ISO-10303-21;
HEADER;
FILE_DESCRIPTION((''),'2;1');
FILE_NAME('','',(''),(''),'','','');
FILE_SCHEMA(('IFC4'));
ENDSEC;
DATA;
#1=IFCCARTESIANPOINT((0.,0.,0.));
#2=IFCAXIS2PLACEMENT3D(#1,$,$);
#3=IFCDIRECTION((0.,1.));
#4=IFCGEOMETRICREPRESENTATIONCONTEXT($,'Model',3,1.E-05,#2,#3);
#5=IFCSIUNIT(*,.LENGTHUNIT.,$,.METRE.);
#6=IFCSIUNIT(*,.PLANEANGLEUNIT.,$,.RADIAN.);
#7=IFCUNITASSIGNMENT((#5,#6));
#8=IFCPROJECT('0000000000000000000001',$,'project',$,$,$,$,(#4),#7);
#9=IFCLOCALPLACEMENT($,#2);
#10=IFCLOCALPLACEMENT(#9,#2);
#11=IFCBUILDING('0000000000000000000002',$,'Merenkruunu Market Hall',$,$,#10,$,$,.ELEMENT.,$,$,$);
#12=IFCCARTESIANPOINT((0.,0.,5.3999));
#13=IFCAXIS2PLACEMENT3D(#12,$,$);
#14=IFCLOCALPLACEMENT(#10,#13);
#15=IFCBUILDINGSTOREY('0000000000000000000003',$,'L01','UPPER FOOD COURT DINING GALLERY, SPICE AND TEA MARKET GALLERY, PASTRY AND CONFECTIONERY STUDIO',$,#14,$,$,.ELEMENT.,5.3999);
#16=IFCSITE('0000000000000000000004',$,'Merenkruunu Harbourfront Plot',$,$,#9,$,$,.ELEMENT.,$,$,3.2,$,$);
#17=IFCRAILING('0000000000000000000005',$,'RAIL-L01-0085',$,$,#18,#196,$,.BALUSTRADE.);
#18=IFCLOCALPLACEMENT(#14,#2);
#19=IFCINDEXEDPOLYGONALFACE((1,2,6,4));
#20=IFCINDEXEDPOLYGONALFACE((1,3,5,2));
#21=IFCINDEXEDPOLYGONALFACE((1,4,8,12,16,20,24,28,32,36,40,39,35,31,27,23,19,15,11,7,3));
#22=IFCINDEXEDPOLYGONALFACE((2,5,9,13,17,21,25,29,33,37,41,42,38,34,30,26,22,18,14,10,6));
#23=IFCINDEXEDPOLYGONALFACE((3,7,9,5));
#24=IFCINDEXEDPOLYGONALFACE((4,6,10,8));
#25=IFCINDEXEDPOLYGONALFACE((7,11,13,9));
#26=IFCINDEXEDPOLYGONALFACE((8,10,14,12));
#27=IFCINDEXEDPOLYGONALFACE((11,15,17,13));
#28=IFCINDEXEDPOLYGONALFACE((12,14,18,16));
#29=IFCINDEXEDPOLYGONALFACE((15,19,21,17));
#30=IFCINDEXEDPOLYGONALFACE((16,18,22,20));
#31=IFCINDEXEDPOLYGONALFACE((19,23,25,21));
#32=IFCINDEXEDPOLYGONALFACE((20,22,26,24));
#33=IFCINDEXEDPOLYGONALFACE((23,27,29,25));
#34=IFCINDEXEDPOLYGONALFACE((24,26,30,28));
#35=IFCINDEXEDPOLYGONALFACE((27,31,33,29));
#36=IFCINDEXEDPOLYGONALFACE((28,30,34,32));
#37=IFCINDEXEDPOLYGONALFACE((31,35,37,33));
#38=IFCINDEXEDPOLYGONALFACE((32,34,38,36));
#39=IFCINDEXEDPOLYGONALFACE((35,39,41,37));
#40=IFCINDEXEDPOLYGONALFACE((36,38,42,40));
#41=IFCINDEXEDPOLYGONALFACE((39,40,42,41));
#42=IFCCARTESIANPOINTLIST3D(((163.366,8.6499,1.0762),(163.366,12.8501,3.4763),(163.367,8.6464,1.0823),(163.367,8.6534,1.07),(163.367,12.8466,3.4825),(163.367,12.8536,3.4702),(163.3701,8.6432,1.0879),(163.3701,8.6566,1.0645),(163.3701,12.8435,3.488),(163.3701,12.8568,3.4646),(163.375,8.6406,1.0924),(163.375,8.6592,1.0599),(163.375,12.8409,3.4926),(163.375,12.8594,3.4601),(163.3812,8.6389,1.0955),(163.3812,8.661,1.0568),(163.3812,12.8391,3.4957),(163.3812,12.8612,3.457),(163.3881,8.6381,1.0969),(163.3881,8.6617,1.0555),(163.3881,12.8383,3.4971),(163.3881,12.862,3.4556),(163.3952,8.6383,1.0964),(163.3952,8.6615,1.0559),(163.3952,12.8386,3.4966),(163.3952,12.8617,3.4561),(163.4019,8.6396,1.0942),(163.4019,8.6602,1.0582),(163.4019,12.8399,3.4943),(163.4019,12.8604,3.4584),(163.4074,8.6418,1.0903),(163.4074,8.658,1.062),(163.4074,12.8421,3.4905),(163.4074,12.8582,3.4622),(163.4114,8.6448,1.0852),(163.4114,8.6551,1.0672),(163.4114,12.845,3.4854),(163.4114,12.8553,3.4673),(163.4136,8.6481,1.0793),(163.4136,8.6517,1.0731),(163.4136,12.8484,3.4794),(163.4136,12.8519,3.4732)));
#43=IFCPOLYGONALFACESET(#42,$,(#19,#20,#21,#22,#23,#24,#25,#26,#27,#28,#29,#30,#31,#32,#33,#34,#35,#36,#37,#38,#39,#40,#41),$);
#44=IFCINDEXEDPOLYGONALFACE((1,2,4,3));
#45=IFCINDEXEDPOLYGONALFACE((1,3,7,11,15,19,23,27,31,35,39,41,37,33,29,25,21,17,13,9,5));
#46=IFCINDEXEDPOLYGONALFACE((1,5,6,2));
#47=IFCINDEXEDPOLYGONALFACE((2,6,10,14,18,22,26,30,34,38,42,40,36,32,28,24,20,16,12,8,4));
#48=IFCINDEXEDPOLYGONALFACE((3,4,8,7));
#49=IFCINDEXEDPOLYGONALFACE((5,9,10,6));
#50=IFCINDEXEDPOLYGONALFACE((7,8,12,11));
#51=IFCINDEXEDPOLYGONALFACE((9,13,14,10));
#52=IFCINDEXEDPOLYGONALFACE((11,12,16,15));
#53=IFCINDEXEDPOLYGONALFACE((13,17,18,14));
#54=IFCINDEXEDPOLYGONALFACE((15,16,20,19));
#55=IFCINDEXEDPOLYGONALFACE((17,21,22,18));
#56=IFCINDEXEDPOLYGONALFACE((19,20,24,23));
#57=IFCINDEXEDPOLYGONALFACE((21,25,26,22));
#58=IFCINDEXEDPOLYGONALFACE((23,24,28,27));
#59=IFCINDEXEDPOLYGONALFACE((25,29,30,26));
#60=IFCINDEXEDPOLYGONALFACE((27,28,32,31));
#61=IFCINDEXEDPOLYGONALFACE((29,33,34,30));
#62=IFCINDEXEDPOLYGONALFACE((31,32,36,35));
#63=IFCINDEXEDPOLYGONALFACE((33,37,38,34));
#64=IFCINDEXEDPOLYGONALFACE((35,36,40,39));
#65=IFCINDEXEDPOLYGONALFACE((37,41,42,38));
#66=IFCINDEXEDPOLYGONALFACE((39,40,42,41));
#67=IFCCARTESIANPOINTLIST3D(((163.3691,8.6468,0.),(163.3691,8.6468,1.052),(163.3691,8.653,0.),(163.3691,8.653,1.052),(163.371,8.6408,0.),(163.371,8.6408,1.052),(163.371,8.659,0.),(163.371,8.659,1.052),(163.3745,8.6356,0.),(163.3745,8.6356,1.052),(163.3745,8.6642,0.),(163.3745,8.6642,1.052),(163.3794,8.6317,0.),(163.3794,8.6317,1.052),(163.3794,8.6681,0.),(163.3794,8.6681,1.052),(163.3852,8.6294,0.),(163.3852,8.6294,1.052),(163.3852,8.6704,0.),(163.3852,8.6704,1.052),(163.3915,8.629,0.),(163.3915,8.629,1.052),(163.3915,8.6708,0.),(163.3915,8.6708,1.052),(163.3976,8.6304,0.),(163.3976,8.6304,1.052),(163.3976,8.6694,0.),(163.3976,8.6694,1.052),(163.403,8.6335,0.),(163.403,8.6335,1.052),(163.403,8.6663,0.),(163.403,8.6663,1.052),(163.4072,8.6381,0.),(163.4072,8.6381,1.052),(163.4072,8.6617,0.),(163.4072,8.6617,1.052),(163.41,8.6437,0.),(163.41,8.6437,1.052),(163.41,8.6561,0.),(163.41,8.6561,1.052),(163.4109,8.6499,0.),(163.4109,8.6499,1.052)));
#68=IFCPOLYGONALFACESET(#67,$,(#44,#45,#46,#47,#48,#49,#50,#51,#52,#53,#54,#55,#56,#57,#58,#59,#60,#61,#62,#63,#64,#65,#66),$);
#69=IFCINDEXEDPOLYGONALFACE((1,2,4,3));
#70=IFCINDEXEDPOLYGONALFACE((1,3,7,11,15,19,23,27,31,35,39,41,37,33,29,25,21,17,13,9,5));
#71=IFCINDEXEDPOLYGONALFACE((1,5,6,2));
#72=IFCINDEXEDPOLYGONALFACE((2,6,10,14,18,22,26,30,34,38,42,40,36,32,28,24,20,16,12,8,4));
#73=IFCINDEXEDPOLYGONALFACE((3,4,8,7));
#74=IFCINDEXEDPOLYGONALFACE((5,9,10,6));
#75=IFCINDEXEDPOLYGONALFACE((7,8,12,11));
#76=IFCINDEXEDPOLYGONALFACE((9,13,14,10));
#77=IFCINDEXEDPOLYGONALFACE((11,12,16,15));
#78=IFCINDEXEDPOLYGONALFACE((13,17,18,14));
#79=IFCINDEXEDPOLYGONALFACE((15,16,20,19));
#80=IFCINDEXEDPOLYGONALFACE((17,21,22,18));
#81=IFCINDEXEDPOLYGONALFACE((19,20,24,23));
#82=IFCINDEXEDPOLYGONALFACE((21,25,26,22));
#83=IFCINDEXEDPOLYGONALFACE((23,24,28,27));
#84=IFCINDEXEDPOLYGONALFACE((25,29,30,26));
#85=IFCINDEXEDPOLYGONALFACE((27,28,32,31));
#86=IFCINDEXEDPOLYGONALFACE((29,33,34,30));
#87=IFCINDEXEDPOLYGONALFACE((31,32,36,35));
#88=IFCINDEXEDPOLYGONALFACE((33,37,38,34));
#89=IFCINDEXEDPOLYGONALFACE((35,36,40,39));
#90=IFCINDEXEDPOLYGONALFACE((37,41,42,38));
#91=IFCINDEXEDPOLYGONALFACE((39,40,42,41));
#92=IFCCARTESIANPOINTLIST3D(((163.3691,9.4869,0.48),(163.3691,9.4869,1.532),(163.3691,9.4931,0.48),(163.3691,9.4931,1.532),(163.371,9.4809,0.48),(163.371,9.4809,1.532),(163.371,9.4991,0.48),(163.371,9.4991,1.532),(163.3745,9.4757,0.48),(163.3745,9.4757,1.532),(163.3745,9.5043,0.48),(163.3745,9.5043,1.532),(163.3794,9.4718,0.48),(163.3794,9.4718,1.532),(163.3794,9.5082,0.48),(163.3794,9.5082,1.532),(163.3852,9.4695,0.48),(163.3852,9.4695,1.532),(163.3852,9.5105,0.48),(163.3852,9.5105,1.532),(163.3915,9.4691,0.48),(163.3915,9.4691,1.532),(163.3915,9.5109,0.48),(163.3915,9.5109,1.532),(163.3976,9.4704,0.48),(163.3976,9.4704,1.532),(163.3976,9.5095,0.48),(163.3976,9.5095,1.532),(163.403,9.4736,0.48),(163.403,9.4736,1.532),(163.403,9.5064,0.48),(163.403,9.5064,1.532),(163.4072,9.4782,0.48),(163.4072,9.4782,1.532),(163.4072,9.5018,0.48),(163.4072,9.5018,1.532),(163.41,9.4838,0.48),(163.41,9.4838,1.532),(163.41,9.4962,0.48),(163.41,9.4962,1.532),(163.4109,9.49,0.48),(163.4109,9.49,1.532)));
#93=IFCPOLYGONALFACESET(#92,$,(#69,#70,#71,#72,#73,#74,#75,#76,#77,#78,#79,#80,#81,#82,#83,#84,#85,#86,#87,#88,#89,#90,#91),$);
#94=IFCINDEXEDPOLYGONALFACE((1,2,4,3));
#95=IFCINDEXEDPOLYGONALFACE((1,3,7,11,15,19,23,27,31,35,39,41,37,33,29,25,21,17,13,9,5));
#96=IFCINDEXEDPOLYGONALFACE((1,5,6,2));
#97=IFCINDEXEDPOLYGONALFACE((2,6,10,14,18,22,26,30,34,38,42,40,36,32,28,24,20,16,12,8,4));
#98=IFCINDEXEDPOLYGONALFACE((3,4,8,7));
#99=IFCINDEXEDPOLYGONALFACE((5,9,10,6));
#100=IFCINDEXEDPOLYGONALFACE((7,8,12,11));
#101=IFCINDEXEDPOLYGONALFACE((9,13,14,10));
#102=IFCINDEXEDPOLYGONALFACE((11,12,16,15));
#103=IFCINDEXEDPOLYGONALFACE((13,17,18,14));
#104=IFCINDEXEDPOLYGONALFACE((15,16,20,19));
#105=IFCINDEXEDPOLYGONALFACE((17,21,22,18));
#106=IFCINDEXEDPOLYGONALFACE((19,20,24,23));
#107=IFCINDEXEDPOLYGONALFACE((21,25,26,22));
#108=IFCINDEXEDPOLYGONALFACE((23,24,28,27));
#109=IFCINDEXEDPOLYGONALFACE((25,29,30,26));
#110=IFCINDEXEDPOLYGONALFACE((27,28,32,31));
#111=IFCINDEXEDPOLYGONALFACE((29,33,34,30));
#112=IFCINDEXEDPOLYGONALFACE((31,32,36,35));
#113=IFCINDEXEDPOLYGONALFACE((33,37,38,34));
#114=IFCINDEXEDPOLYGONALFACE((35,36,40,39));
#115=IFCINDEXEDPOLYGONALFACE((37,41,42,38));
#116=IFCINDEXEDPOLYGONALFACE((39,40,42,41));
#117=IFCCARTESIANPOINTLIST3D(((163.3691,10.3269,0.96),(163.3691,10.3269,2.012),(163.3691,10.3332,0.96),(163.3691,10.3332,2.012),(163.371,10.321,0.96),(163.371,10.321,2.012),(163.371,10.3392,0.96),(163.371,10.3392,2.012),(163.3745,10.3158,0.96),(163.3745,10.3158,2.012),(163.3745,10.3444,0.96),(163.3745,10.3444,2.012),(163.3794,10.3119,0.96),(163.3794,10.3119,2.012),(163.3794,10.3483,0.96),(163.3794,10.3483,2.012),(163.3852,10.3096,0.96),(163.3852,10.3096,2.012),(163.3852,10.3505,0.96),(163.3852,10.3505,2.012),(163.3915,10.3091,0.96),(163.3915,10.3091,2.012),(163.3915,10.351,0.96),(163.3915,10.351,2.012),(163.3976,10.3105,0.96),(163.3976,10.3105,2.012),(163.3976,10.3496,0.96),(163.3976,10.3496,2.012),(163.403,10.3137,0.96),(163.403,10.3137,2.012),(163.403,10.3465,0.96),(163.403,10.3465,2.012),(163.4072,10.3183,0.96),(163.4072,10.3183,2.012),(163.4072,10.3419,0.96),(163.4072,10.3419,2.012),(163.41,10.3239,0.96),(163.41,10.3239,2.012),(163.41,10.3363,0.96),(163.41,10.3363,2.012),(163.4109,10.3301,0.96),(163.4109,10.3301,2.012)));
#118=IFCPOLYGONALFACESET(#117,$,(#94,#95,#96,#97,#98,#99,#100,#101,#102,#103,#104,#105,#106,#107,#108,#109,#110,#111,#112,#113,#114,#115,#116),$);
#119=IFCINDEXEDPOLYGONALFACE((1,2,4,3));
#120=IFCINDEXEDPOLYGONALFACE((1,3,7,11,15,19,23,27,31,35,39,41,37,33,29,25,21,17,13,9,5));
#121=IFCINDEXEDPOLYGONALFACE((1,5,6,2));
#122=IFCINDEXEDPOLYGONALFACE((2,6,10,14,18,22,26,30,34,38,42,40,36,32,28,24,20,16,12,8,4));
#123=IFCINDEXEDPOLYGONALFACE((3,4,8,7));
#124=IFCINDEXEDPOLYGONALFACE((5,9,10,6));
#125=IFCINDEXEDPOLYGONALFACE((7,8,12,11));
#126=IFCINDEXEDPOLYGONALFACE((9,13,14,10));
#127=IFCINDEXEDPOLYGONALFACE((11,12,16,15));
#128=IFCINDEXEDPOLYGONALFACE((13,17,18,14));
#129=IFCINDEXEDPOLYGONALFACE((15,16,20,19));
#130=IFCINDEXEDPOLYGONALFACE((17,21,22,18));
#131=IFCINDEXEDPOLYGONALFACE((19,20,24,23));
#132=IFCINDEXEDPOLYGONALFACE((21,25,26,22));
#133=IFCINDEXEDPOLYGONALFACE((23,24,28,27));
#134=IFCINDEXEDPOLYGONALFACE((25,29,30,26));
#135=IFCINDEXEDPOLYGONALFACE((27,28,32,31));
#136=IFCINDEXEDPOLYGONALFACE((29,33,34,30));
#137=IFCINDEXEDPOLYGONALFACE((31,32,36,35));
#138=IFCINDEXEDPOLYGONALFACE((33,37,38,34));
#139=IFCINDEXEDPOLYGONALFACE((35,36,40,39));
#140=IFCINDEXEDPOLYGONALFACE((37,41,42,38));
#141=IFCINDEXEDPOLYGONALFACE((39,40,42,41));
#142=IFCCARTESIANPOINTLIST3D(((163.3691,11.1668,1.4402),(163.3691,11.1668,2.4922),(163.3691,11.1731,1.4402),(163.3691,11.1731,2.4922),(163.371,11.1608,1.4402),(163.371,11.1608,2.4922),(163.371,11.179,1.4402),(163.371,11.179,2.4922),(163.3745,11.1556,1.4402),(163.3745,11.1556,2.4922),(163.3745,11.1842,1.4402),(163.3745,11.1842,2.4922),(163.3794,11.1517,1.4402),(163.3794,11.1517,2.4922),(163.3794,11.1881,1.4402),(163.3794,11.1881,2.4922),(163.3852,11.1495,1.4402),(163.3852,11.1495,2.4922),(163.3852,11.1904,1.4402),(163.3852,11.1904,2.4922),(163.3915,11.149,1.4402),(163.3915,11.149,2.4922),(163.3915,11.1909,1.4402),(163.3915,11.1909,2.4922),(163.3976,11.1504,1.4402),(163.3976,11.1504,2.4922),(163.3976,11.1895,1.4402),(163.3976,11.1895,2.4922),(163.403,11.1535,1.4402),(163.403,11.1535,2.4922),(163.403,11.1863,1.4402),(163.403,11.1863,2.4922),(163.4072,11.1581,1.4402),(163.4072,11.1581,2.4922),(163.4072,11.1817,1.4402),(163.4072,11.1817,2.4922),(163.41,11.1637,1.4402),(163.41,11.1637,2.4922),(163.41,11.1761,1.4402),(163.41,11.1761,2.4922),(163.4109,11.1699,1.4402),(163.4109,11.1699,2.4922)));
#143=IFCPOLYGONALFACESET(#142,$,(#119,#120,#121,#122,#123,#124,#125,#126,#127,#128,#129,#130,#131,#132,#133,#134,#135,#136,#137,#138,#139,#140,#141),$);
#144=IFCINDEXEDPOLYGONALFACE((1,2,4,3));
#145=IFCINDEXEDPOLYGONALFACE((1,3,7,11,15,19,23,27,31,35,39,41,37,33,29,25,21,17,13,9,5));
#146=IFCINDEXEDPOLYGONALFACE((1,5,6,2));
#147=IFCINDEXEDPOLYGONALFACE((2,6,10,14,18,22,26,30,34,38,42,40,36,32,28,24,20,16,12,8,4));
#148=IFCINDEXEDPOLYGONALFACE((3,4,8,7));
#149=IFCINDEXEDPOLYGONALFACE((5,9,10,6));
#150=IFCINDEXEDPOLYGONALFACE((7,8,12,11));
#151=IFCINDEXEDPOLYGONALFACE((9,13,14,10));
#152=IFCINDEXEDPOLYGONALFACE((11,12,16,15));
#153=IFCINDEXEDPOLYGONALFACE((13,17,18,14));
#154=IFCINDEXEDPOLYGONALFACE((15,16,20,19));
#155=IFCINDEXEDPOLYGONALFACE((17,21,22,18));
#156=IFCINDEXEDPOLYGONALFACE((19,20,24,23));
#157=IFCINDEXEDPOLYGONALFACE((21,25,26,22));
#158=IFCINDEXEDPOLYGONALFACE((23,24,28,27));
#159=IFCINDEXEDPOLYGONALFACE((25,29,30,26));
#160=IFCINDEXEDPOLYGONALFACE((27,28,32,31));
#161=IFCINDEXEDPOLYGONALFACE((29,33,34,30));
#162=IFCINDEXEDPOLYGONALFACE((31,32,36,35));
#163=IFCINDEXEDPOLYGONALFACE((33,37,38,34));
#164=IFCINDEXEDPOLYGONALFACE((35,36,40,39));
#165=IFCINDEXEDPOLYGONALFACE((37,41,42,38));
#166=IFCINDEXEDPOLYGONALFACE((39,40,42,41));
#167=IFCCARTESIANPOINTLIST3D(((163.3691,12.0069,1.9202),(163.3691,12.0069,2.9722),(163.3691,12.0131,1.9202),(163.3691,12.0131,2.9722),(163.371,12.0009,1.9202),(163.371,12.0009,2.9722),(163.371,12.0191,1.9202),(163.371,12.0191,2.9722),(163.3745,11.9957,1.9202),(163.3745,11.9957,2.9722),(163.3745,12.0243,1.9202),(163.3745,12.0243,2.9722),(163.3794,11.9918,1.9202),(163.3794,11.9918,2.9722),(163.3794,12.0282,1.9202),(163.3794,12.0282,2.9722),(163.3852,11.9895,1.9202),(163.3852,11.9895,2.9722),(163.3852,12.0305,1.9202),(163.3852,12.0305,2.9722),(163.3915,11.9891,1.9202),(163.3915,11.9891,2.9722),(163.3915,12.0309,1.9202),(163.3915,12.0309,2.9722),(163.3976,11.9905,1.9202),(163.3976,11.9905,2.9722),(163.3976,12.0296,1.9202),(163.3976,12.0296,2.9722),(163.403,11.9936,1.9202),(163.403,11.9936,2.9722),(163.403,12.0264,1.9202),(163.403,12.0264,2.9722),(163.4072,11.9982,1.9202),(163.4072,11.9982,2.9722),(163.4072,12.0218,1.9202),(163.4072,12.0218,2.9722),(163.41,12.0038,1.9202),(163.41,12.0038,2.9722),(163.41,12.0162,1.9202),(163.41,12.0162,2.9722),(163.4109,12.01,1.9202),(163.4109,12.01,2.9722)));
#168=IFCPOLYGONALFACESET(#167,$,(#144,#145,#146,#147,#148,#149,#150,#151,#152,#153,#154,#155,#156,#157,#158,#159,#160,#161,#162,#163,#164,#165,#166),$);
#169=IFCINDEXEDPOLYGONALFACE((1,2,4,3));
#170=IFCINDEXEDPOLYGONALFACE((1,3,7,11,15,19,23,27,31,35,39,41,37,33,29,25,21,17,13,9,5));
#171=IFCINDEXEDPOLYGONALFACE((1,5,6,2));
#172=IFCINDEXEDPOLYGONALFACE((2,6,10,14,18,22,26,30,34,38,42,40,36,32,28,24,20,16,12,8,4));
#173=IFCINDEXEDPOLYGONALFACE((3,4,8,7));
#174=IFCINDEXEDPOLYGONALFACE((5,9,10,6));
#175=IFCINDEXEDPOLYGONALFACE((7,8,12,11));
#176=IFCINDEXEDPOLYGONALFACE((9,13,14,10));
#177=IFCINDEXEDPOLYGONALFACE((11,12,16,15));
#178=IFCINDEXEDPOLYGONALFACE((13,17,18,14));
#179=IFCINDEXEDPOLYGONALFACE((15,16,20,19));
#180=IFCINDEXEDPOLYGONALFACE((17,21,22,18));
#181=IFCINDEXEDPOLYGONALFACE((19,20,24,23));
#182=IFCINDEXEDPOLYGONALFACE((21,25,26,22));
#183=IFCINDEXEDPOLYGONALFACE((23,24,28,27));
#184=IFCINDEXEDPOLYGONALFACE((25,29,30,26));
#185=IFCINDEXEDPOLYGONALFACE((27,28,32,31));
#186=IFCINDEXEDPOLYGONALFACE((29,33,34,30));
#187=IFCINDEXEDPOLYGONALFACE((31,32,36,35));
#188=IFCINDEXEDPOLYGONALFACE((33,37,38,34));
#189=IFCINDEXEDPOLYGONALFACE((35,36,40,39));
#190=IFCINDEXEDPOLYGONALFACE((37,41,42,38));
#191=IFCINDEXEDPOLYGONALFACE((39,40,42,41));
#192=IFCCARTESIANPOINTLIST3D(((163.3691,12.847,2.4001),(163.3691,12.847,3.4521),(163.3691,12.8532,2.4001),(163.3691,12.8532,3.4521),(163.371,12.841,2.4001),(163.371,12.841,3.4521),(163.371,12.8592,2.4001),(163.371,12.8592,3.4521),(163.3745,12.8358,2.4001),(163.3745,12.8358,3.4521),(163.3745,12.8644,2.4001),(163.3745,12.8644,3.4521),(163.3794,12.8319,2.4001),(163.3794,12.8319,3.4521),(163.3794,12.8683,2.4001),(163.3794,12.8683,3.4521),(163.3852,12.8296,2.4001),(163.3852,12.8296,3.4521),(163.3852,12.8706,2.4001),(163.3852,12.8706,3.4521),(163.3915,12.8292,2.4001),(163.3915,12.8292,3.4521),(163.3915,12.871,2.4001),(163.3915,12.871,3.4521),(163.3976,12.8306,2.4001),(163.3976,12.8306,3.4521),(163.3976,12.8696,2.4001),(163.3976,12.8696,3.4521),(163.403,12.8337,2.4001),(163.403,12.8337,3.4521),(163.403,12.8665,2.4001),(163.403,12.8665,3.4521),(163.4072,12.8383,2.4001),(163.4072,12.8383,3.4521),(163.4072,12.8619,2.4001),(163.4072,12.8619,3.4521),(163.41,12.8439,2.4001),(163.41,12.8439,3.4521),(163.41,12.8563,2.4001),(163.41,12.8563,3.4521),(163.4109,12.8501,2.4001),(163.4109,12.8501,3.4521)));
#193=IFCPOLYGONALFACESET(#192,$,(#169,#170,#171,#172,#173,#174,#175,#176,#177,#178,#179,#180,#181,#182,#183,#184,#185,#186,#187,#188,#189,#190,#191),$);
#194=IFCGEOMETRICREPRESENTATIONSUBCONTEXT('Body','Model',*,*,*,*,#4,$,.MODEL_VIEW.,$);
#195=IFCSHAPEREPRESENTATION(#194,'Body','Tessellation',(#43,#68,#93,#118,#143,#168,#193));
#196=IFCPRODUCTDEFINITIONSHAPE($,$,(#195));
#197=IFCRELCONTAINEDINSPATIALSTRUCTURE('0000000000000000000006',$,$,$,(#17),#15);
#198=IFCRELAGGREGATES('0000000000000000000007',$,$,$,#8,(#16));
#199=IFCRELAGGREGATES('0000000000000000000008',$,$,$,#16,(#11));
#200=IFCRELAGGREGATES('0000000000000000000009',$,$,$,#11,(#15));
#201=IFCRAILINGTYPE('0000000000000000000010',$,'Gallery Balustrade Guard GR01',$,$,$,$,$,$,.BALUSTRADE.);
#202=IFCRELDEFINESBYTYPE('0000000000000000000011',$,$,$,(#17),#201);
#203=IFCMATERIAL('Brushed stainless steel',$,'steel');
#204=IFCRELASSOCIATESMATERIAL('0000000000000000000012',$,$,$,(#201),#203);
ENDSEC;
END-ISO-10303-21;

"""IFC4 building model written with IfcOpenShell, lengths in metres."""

from ifc_helpers import new_model, si_unit, direction, frame, origin, origin_2d, place, context, subcontext, project, spatial, circle, extrude, material, type_object, element, save


model = new_model("IFC4")

# Units and contexts
model_context = context("Model", 3, precision=1e-05, world=origin(), true_north=direction((0.0, 1.0)))
body_context = subcontext(model_context, "Body", "Model", "MODEL_VIEW")
ifc_project = project(units=[si_unit("LENGTHUNIT", "METRE"), si_unit("PLANEANGLEUNIT", "RADIAN")], contexts=[model_context])

# Site, building, storey
site_placement = place(None, origin())
site = spatial("IfcSite", under=ifc_project, at=site_placement, Name="Merenkruunu Harbourfront Plot", CompositionType="ELEMENT", RefElevation=3.2)
building_placement = place(site_placement, origin())
building = spatial("IfcBuilding", under=site, at=building_placement, Name="Merenkruunu Market Hall", CompositionType="ELEMENT")
storey_placement = place(building_placement, frame((0.0, 0.0, 5.3999)))
storey = spatial("IfcBuildingStorey", under=building, at=storey_placement, Name="L01", Description="UPPER FOOD COURT DINING GALLERY, SPICE AND TEA MARKET GALLERY, PASTRY AND CONFECTIONERY STUDIO", CompositionType="ELEMENT", Elevation=5.3999)

# Railing
ifc_material_1 = material(Name="Brushed stainless steel", Category="steel")
railing_type_1 = type_object("IfcRailingType", Name="Gallery Balustrade Guard GR01", PredefinedType="BALUSTRADE", material=ifc_material_1)
railing_1_placement = place(storey_placement, frame((163.3899, 8.6499, 0.0)))
element("IfcRailing", 1, at=railing_1_placement, inside=storey, type_object=railing_type_1, Name="RAIL-L01-0085", PredefinedType="BALUSTRADE", context=body_context, shape_type="SweptSolid", body=[
    extrude(circle(Radius=0.0239, at=origin_2d()), frame((0.0, 0.0, 1.0762), z_axis=(0.0, 0.86824, 0.496144), x_axis=(-1.0, 0.0, 0.0)), (0.0, 0.0, 1.0), 4.8376),
    extrude(circle(Radius=0.021, at=origin_2d()), origin(), (0.0, 0.0, 1.0), 1.052),
    extrude(circle(Radius=0.021, at=origin_2d()), frame((0.0, 0.8401, 0.48)), (0.0, 0.0, 1.0), 1.052),
    extrude(circle(Radius=0.021, at=origin_2d()), frame((0.0, 1.6802, 0.96)), (0.0, 0.0, 1.0), 1.052),
    extrude(circle(Radius=0.021, at=origin_2d()), frame((0.0, 2.52, 1.4402)), (0.0, 0.0, 1.0), 1.052),
    extrude(circle(Radius=0.021, at=origin_2d()), frame((0.0, 3.3601, 1.9202)), (0.0, 0.0, 1.0), 1.052),
    extrude(circle(Radius=0.021, at=origin_2d()), frame((0.0, 4.2002, 2.4001)), (0.0, 0.0, 1.0), 1.052),
])

save(model, "model.ifc")
